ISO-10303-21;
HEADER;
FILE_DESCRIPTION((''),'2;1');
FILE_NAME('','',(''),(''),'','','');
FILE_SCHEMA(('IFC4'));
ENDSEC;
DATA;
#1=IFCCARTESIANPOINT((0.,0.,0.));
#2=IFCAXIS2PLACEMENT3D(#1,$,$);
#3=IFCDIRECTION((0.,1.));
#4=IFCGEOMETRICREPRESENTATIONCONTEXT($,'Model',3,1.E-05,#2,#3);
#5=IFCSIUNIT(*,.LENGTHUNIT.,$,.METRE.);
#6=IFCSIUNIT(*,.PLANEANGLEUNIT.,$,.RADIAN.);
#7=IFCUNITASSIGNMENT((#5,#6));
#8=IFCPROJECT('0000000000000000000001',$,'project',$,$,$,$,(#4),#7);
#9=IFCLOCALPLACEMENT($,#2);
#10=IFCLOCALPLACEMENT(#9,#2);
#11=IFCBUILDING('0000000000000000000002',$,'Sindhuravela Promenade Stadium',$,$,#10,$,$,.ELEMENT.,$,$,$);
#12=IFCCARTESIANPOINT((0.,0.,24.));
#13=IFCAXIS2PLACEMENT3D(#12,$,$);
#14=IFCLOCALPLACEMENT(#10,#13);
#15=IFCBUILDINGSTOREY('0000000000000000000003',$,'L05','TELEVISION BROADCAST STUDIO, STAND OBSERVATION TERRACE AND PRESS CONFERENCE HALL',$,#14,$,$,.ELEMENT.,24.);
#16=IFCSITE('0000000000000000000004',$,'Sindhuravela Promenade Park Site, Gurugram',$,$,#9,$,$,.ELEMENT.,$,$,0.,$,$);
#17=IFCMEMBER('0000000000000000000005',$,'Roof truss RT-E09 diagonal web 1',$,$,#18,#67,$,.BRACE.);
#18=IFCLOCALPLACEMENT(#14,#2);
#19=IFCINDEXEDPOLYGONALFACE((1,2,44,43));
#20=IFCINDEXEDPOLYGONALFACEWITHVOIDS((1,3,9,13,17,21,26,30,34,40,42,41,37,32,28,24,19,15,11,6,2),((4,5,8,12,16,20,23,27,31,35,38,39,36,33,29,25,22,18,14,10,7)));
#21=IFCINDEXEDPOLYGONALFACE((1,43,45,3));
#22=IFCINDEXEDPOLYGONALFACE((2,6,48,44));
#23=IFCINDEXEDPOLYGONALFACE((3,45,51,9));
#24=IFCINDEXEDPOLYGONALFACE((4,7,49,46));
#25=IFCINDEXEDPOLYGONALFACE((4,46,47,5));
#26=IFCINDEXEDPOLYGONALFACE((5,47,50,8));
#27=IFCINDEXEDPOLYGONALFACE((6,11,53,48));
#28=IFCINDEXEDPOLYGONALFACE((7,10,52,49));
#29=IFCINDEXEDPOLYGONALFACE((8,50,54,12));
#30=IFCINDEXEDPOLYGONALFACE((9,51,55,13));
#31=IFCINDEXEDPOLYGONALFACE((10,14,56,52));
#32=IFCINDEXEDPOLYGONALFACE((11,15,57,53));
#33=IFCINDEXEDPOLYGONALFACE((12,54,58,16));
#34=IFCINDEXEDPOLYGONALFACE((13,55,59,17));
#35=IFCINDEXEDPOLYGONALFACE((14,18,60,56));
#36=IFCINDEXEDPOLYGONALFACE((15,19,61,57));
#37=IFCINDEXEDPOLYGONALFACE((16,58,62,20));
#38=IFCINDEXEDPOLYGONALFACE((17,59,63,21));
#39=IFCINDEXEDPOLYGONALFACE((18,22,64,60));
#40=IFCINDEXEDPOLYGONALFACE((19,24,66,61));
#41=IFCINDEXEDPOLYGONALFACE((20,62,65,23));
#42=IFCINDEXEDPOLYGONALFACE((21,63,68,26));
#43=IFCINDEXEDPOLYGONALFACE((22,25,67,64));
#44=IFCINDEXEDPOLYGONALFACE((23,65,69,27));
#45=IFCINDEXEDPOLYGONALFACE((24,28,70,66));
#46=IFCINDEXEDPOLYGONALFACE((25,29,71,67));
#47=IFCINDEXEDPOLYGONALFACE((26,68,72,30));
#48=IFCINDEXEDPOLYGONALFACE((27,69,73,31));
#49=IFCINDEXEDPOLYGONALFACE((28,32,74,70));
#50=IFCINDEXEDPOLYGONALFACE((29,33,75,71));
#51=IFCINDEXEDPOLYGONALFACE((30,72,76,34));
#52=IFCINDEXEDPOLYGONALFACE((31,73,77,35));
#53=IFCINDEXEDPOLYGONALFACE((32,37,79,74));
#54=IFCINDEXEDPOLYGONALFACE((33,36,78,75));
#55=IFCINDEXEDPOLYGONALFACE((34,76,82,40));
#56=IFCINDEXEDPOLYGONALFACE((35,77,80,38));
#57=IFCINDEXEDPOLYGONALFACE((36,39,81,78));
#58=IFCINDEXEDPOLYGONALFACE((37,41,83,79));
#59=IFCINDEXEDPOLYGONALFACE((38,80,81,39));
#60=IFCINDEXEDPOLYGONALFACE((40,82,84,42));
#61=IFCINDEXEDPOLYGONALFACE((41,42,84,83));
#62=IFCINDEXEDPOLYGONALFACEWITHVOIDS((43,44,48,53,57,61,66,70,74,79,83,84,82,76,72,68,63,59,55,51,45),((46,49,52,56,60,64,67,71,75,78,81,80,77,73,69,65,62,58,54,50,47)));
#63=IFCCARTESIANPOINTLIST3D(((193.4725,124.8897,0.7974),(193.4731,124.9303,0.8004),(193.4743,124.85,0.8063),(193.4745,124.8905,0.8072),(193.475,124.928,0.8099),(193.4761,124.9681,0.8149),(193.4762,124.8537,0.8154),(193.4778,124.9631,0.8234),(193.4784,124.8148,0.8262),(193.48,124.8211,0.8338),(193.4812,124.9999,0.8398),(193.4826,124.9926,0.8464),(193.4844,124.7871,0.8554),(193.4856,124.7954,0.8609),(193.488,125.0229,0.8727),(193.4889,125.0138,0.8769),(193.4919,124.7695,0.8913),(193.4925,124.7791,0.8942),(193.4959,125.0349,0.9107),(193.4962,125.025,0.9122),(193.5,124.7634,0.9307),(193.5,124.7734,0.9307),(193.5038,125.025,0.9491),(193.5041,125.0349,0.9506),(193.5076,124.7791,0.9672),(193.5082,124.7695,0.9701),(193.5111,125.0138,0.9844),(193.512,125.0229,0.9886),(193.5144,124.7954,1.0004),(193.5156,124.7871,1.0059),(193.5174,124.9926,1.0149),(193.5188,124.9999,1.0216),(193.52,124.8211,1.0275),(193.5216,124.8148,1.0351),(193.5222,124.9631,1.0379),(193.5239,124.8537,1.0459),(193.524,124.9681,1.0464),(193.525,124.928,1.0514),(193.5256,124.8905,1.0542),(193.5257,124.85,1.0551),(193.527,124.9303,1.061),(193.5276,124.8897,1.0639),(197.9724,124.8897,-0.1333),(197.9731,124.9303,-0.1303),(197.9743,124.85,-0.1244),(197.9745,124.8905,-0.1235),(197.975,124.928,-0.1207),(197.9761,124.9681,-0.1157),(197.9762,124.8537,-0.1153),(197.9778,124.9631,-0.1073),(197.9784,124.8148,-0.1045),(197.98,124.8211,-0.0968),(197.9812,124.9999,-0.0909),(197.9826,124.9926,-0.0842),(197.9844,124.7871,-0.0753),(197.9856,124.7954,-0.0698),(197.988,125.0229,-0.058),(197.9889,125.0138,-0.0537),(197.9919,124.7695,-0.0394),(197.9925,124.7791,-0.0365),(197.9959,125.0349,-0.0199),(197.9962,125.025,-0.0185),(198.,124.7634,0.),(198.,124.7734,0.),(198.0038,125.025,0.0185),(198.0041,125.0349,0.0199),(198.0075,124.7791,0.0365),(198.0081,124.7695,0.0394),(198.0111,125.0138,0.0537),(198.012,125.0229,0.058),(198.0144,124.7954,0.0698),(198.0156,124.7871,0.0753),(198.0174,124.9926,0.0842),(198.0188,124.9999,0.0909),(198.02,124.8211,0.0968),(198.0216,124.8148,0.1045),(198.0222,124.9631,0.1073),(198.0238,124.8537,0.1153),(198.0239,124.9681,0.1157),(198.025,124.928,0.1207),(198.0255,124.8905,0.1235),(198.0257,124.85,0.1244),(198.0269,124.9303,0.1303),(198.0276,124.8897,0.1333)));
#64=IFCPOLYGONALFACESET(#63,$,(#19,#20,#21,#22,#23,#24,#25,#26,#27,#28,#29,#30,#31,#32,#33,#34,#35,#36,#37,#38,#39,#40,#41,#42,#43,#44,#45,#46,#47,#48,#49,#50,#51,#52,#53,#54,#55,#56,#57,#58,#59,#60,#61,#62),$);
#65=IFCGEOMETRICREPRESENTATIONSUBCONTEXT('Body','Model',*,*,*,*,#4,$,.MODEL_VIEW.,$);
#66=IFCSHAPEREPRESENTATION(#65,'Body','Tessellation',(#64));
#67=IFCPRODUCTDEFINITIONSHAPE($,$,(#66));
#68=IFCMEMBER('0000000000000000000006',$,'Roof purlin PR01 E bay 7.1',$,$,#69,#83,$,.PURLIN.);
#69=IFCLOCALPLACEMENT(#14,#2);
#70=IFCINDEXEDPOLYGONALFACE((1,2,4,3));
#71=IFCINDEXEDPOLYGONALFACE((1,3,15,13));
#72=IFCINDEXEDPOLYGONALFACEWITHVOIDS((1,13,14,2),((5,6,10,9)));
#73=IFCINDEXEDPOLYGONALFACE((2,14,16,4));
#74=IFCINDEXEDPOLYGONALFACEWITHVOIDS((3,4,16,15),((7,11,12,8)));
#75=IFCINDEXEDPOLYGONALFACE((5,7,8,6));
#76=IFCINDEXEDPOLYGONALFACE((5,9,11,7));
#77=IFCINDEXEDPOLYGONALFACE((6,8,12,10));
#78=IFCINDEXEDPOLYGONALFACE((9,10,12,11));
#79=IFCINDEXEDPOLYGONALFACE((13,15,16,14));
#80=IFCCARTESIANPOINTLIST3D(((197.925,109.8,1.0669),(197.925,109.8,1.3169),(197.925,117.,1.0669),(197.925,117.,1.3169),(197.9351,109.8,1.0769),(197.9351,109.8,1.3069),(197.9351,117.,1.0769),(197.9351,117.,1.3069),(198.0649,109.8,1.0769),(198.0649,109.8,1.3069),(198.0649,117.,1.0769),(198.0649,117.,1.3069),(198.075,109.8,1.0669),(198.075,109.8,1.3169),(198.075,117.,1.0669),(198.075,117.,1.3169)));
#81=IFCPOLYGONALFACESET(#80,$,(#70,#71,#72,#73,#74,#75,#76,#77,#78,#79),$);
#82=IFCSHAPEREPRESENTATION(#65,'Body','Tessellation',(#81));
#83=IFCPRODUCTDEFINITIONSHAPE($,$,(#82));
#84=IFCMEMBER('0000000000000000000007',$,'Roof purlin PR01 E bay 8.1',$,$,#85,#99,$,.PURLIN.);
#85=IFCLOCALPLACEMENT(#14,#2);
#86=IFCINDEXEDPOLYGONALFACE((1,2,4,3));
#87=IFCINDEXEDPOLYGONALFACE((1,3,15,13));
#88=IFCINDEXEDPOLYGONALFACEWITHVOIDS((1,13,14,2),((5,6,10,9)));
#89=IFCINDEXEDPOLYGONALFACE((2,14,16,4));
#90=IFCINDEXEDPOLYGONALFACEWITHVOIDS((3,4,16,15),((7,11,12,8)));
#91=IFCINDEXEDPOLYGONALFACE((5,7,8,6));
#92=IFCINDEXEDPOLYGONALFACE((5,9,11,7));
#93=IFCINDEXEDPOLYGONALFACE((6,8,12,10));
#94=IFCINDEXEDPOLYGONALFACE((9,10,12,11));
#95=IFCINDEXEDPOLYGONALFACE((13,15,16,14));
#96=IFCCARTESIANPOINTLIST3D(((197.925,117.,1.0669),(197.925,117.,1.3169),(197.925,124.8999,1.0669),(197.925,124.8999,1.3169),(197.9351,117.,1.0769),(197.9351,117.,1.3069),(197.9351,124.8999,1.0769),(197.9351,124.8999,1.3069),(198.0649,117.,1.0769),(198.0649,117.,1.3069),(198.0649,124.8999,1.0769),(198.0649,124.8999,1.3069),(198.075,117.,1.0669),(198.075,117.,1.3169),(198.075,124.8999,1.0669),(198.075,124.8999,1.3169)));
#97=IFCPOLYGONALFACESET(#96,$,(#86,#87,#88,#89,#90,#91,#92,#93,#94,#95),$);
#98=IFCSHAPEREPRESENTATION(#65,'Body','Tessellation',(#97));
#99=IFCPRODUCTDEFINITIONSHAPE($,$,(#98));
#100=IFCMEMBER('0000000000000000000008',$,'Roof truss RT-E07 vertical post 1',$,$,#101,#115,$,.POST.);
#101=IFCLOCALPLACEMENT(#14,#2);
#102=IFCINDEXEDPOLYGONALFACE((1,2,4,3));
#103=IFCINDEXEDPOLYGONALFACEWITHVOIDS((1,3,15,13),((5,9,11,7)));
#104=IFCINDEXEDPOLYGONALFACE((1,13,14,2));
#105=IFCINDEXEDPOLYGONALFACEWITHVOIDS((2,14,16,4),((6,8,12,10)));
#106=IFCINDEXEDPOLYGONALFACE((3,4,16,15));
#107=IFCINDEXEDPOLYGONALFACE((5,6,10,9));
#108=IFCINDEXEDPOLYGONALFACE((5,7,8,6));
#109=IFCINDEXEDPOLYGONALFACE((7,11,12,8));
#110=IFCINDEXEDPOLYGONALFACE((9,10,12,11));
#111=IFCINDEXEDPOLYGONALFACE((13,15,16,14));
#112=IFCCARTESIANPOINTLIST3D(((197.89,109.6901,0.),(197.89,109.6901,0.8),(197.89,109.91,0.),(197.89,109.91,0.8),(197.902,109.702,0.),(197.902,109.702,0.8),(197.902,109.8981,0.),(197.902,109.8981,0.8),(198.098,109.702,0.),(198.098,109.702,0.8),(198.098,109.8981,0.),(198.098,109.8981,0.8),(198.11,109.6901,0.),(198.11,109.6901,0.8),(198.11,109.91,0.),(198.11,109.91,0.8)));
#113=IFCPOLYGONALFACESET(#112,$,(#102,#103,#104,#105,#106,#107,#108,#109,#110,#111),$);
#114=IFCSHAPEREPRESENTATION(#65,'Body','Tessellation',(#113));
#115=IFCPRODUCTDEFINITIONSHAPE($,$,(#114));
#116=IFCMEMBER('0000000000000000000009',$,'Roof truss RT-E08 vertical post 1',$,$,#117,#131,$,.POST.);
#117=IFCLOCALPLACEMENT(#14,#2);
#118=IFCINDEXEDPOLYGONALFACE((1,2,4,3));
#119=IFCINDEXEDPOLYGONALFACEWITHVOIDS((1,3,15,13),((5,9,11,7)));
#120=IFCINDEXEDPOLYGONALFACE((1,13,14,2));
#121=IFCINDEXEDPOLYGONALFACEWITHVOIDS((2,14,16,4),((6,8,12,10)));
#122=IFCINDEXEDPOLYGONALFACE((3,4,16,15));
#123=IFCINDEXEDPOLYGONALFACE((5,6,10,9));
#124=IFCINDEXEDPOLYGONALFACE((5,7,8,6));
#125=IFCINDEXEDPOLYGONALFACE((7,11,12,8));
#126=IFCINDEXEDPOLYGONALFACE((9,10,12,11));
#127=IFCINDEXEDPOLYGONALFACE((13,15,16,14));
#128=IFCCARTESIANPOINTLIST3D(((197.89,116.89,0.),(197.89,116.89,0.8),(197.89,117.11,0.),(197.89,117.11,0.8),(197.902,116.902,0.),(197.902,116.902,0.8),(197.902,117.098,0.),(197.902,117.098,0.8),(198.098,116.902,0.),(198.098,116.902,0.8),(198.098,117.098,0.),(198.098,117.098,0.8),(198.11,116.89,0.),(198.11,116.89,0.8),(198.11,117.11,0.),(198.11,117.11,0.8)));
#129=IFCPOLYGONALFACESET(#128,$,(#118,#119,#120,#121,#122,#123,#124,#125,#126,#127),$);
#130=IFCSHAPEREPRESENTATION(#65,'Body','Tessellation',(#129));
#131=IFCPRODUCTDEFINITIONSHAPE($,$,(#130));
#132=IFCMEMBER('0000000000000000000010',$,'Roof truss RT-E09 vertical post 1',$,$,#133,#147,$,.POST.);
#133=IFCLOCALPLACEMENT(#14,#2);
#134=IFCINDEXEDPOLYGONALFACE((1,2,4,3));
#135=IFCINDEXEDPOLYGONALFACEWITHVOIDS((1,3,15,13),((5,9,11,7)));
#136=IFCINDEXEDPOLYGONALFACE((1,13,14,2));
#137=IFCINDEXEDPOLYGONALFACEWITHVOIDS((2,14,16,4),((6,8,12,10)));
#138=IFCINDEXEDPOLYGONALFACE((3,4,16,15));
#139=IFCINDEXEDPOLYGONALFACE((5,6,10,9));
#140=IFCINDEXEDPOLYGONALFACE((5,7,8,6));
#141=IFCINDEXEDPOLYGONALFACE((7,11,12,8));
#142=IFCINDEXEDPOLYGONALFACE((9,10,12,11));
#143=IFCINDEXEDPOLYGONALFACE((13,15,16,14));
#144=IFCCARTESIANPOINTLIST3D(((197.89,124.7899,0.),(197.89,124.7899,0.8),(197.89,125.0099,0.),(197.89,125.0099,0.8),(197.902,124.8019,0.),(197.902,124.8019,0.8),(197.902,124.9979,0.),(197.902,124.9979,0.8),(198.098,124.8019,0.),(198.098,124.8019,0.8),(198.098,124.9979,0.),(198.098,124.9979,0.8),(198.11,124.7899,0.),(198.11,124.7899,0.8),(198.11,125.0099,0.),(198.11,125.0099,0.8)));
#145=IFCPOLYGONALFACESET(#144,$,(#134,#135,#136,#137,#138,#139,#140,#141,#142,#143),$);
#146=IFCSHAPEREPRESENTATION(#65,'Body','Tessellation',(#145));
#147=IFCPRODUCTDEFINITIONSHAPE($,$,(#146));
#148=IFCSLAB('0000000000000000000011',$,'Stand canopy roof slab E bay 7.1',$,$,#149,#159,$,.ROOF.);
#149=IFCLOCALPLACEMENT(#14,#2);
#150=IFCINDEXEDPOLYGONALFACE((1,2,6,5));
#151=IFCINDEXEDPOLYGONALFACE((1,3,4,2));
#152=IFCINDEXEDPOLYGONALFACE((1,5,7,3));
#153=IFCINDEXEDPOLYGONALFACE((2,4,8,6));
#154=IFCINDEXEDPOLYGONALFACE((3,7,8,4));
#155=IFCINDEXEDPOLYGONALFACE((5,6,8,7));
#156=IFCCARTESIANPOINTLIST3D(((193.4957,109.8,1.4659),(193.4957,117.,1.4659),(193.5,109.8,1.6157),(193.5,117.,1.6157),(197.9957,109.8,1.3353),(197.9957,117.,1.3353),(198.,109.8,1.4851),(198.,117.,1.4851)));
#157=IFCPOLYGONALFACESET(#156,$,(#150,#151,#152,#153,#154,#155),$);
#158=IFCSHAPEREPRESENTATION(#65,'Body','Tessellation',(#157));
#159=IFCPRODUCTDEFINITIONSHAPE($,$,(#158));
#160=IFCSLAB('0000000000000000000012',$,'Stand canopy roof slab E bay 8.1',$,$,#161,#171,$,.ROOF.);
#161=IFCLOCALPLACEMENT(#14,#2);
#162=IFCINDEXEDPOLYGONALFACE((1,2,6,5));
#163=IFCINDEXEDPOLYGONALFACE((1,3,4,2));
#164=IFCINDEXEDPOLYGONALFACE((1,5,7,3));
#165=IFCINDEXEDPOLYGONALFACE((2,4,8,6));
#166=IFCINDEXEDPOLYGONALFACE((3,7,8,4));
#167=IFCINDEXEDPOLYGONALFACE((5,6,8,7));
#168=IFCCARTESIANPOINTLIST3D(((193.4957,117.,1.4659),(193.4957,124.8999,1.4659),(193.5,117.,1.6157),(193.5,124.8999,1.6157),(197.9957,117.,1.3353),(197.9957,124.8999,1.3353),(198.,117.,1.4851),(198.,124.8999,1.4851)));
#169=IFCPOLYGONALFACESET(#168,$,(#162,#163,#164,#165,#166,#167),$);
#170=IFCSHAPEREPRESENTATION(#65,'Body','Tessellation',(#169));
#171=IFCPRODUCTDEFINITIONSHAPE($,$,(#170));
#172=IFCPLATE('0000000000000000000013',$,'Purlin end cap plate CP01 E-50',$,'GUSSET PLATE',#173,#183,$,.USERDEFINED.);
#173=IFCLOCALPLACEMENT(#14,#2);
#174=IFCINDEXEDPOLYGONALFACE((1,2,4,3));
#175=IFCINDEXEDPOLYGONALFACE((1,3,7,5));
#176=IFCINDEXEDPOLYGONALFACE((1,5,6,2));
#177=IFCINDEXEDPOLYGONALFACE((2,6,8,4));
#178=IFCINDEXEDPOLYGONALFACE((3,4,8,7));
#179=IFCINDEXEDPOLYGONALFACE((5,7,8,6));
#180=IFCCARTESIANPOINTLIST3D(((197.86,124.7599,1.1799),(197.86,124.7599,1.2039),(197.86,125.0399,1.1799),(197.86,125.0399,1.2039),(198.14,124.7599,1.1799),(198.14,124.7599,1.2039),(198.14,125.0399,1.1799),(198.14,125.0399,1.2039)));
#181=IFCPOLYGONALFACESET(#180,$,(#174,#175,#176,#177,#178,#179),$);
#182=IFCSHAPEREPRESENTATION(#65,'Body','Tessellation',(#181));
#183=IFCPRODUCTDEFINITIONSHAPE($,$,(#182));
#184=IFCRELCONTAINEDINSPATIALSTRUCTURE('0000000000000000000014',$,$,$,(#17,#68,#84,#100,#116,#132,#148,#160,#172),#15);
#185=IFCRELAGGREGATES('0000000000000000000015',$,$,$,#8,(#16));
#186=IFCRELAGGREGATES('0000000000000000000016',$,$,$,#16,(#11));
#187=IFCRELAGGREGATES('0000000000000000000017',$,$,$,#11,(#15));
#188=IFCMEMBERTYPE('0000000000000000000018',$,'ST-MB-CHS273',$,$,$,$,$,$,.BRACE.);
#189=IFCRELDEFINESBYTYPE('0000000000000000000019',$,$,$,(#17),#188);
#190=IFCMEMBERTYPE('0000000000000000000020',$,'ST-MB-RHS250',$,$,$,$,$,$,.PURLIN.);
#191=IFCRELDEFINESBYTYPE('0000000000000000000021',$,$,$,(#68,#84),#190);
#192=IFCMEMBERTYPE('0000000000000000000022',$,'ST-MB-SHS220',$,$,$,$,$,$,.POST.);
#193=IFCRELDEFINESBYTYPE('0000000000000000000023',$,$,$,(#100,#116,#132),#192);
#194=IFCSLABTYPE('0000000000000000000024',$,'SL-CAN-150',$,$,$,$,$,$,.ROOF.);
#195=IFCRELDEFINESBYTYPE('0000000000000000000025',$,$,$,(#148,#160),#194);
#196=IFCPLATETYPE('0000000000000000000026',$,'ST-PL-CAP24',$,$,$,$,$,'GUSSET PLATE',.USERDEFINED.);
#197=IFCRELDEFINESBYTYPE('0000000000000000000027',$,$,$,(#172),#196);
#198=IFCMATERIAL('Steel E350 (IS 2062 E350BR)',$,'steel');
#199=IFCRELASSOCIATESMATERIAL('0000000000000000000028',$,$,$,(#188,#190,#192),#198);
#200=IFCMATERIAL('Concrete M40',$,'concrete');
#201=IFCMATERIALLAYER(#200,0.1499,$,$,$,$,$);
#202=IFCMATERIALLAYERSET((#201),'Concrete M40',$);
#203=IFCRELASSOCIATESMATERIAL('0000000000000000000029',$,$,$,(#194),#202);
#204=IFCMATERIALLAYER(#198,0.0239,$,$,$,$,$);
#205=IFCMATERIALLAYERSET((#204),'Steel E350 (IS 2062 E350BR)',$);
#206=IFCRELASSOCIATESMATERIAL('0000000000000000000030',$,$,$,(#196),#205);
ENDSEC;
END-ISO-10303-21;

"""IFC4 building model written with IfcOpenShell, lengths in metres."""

from ifc_helpers import new_model, si_unit, direction, frame, origin, origin_2d, place, context, subcontext, project, spatial, polyline, rectangle, hollow_rectangle, hollow_circle, outline, extrude, material, layer, layer_set, material_profile, profile_set, type_object, element, save


model = new_model("IFC4")

# Units and contexts
model_context = context("Model", 3, precision=1e-05, world=origin(), true_north=direction((0.0, 1.0)))
body_context = subcontext(model_context, "Body", "Model", "MODEL_VIEW")
ifc_project = project(units=[si_unit("LENGTHUNIT", "METRE"), si_unit("PLANEANGLEUNIT", "RADIAN")], contexts=[model_context])

# Site, building, storey
site_placement = place(None, origin())
site = spatial("IfcSite", under=ifc_project, at=site_placement, Name="Sindhuravela Promenade Park Site, Gurugram", CompositionType="ELEMENT", RefElevation=0.0)
building_placement = place(site_placement, origin())
building = spatial("IfcBuilding", under=site, at=building_placement, Name="Sindhuravela Promenade Stadium", CompositionType="ELEMENT")
storey_placement = place(building_placement, frame((0.0, 0.0, 24.0)))
storey = spatial("IfcBuildingStorey", under=building, at=storey_placement, Name="L05", Description="TELEVISION BROADCAST STUDIO, STAND OBSERVATION TERRACE AND PRESS CONFERENCE HALL", CompositionType="ELEMENT", Elevation=24.0)

# Shared definitions
ifc_material_1 = material(Name="Concrete M40", Category="concrete")
ifc_material_2 = material(Name="Steel E350 (IS 2062 E350BR)", Category="steel")

# Members
ifc_material_profile_1 = material_profile(ifc_material_2, hollow_circle(Radius=0.1365, WallThickness=0.01, at=origin_2d()), Name="CHS 273.0x10")
ifc_profile_set_1 = profile_set([ifc_material_profile_1], Name="Steel E350 (IS 2062 E350BR)")
member_type_1 = type_object("IfcMemberType", Name="ST-MB-CHS273", PredefinedType="BRACE", material=ifc_profile_set_1)
for number, where, z_axis, x_axis, name in (
    (1, (198.0, 124.8999, 0.0), (-0.979276, 0.0, 0.202528), (0.0, -1.0, 0.0), "Roof truss RT-E09 diagonal web 1"),
):
    element("IfcMember", number, at=place(storey_placement, frame(where, z_axis=z_axis, x_axis=x_axis)), inside=storey, type_object=member_type_1, Name=name, PredefinedType="BRACE", context=body_context, shape_type="SweptSolid", body=[
        extrude(hollow_circle(Radius=0.1365, WallThickness=0.01, at=origin_2d()), origin(), (0.0, 0.0, 1.0), 4.5952),
    ])
ifc_material_profile_2 = material_profile(ifc_material_2, hollow_rectangle(XDim=0.1499, YDim=0.25, WallThickness=0.01, at=origin_2d()), Name="RHS 250x150x10")
ifc_profile_set_2 = profile_set([ifc_material_profile_2], Name="Steel E350 (IS 2062 E350BR)")
member_type_2 = type_object("IfcMemberType", Name="ST-MB-RHS250", PredefinedType="PURLIN", material=ifc_profile_set_2)
member_1_placement = place(storey_placement, frame((198.0, 109.8, 1.1919), z_axis=(0.0, 1.0, 0.0), x_axis=(-1.0, 0.0, 0.0)))
element("IfcMember", 2, at=member_1_placement, inside=storey, type_object=member_type_2, Name="Roof purlin PR01 E bay 7.1", PredefinedType="PURLIN", context=body_context, shape_type="SweptSolid", body=[
    extrude(hollow_rectangle(XDim=0.1499, YDim=0.25, WallThickness=0.01, at=origin_2d()), origin(), (0.0, 0.0, 1.0), 7.2),
])
member_2_placement = place(storey_placement, frame((198.0, 117.0, 1.1919), z_axis=(0.0, 1.0, 0.0), x_axis=(-1.0, 0.0, 0.0)))
element("IfcMember", 3, at=member_2_placement, inside=storey, type_object=member_type_2, Name="Roof purlin PR01 E bay 8.1", PredefinedType="PURLIN", context=body_context, shape_type="SweptSolid", body=[
    extrude(hollow_rectangle(XDim=0.1499, YDim=0.25, WallThickness=0.01, at=origin_2d()), origin(), (0.0, 0.0, 1.0), 7.8999),
])
ifc_material_profile_3 = material_profile(ifc_material_2, hollow_rectangle(XDim=0.22, YDim=0.22, WallThickness=0.012, at=origin_2d()), Name="SHS 220x220x12")
ifc_profile_set_3 = profile_set([ifc_material_profile_3], Name="Steel E350 (IS 2062 E350BR)")
member_type_3 = type_object("IfcMemberType", Name="ST-MB-SHS220", PredefinedType="POST", material=ifc_profile_set_3)
for number, where, z_axis, x_axis, name in (
    (4, (198.0, 109.8, 0.0), (0.0, 0.0, 1.0), (1.0, 0.0, 0.0), "Roof truss RT-E07 vertical post 1"),
    (5, (198.0, 117.0, 0.0), (0.0, 0.0, 1.0), (1.0, 0.0, 0.0), "Roof truss RT-E08 vertical post 1"),
    (6, (198.0, 124.8999, 0.0), (0.0, 0.0, 1.0), (1.0, 0.0, 0.0), "Roof truss RT-E09 vertical post 1"),
):
    element("IfcMember", number, at=place(storey_placement, frame(where, z_axis=z_axis, x_axis=x_axis)), inside=storey, type_object=member_type_3, Name=name, PredefinedType="POST", context=body_context, shape_type="SweptSolid", body=[
        extrude(hollow_rectangle(XDim=0.22, YDim=0.22, WallThickness=0.012, at=origin_2d()), origin(), (0.0, 0.0, 1.0), 0.8),
    ])

# Slabs
ifc_layer_1 = layer(ifc_material_1, 0.1499)
ifc_layer_set_1 = layer_set([ifc_layer_1], Name="Concrete M40")
slab_type = type_object("IfcSlabType", Name="SL-CAN-150", PredefinedType="ROOF", material=ifc_layer_set_1)
slab_1_placement = place(storey_placement, frame((198.0, 109.8, 1.4851), z_axis=(0.029013, 0.0, 0.999579), x_axis=(0.0, 1.0, 0.0)))
element("IfcSlab", 7, at=slab_1_placement, inside=storey, type_object=slab_type, Name="Stand canopy roof slab E bay 7.1", PredefinedType="ROOF", context=body_context, shape_type="SweptSolid", body=[
    extrude(outline(polyline([(0.0, 0.0), (7.2, 0.0), (7.2, 4.5019), (0.0, 4.5019), (0.0, 0.0)])), origin(), (0.0, 0.0, -1.0), 0.1499),
])
slab_2_placement = place(storey_placement, frame((198.0, 117.0, 1.4851), z_axis=(0.029013, 0.0, 0.999579), x_axis=(0.0, 1.0, 0.0)))
element("IfcSlab", 8, at=slab_2_placement, inside=storey, type_object=slab_type, Name="Stand canopy roof slab E bay 8.1", PredefinedType="ROOF", context=body_context, shape_type="SweptSolid", body=[
    extrude(outline(polyline([(0.0, 0.0), (7.8999, 0.0), (7.8999, 4.5019), (0.0, 4.5019), (0.0, 0.0)])), origin(), (0.0, 0.0, -1.0), 0.1499),
])

# Plate
ifc_layer_2 = layer(ifc_material_2, 0.0239)
ifc_layer_set_2 = layer_set([ifc_layer_2], Name="Steel E350 (IS 2062 E350BR)")
plate_type_1 = type_object("IfcPlateType", Name="ST-PL-CAP24", ElementType="GUSSET PLATE", PredefinedType="USERDEFINED", material=ifc_layer_set_2)
plate_placement = place(storey_placement, frame((198.0, 124.8999, 1.1799), z_axis=(0.0, 0.0, 1.0), x_axis=(1.0, 0.0, 0.0)))
element("IfcPlate", 9, at=plate_placement, inside=storey, type_object=plate_type_1, Name="Purlin end cap plate CP01 E-50", ObjectType="GUSSET PLATE", PredefinedType="USERDEFINED", context=body_context, shape_type="SweptSolid", body=[
    extrude(rectangle(XDim=0.28, YDim=0.28, at=origin_2d()), origin(), (0.0, 0.0, 1.0), 0.0239),
])

save(model, "model.ifc")
